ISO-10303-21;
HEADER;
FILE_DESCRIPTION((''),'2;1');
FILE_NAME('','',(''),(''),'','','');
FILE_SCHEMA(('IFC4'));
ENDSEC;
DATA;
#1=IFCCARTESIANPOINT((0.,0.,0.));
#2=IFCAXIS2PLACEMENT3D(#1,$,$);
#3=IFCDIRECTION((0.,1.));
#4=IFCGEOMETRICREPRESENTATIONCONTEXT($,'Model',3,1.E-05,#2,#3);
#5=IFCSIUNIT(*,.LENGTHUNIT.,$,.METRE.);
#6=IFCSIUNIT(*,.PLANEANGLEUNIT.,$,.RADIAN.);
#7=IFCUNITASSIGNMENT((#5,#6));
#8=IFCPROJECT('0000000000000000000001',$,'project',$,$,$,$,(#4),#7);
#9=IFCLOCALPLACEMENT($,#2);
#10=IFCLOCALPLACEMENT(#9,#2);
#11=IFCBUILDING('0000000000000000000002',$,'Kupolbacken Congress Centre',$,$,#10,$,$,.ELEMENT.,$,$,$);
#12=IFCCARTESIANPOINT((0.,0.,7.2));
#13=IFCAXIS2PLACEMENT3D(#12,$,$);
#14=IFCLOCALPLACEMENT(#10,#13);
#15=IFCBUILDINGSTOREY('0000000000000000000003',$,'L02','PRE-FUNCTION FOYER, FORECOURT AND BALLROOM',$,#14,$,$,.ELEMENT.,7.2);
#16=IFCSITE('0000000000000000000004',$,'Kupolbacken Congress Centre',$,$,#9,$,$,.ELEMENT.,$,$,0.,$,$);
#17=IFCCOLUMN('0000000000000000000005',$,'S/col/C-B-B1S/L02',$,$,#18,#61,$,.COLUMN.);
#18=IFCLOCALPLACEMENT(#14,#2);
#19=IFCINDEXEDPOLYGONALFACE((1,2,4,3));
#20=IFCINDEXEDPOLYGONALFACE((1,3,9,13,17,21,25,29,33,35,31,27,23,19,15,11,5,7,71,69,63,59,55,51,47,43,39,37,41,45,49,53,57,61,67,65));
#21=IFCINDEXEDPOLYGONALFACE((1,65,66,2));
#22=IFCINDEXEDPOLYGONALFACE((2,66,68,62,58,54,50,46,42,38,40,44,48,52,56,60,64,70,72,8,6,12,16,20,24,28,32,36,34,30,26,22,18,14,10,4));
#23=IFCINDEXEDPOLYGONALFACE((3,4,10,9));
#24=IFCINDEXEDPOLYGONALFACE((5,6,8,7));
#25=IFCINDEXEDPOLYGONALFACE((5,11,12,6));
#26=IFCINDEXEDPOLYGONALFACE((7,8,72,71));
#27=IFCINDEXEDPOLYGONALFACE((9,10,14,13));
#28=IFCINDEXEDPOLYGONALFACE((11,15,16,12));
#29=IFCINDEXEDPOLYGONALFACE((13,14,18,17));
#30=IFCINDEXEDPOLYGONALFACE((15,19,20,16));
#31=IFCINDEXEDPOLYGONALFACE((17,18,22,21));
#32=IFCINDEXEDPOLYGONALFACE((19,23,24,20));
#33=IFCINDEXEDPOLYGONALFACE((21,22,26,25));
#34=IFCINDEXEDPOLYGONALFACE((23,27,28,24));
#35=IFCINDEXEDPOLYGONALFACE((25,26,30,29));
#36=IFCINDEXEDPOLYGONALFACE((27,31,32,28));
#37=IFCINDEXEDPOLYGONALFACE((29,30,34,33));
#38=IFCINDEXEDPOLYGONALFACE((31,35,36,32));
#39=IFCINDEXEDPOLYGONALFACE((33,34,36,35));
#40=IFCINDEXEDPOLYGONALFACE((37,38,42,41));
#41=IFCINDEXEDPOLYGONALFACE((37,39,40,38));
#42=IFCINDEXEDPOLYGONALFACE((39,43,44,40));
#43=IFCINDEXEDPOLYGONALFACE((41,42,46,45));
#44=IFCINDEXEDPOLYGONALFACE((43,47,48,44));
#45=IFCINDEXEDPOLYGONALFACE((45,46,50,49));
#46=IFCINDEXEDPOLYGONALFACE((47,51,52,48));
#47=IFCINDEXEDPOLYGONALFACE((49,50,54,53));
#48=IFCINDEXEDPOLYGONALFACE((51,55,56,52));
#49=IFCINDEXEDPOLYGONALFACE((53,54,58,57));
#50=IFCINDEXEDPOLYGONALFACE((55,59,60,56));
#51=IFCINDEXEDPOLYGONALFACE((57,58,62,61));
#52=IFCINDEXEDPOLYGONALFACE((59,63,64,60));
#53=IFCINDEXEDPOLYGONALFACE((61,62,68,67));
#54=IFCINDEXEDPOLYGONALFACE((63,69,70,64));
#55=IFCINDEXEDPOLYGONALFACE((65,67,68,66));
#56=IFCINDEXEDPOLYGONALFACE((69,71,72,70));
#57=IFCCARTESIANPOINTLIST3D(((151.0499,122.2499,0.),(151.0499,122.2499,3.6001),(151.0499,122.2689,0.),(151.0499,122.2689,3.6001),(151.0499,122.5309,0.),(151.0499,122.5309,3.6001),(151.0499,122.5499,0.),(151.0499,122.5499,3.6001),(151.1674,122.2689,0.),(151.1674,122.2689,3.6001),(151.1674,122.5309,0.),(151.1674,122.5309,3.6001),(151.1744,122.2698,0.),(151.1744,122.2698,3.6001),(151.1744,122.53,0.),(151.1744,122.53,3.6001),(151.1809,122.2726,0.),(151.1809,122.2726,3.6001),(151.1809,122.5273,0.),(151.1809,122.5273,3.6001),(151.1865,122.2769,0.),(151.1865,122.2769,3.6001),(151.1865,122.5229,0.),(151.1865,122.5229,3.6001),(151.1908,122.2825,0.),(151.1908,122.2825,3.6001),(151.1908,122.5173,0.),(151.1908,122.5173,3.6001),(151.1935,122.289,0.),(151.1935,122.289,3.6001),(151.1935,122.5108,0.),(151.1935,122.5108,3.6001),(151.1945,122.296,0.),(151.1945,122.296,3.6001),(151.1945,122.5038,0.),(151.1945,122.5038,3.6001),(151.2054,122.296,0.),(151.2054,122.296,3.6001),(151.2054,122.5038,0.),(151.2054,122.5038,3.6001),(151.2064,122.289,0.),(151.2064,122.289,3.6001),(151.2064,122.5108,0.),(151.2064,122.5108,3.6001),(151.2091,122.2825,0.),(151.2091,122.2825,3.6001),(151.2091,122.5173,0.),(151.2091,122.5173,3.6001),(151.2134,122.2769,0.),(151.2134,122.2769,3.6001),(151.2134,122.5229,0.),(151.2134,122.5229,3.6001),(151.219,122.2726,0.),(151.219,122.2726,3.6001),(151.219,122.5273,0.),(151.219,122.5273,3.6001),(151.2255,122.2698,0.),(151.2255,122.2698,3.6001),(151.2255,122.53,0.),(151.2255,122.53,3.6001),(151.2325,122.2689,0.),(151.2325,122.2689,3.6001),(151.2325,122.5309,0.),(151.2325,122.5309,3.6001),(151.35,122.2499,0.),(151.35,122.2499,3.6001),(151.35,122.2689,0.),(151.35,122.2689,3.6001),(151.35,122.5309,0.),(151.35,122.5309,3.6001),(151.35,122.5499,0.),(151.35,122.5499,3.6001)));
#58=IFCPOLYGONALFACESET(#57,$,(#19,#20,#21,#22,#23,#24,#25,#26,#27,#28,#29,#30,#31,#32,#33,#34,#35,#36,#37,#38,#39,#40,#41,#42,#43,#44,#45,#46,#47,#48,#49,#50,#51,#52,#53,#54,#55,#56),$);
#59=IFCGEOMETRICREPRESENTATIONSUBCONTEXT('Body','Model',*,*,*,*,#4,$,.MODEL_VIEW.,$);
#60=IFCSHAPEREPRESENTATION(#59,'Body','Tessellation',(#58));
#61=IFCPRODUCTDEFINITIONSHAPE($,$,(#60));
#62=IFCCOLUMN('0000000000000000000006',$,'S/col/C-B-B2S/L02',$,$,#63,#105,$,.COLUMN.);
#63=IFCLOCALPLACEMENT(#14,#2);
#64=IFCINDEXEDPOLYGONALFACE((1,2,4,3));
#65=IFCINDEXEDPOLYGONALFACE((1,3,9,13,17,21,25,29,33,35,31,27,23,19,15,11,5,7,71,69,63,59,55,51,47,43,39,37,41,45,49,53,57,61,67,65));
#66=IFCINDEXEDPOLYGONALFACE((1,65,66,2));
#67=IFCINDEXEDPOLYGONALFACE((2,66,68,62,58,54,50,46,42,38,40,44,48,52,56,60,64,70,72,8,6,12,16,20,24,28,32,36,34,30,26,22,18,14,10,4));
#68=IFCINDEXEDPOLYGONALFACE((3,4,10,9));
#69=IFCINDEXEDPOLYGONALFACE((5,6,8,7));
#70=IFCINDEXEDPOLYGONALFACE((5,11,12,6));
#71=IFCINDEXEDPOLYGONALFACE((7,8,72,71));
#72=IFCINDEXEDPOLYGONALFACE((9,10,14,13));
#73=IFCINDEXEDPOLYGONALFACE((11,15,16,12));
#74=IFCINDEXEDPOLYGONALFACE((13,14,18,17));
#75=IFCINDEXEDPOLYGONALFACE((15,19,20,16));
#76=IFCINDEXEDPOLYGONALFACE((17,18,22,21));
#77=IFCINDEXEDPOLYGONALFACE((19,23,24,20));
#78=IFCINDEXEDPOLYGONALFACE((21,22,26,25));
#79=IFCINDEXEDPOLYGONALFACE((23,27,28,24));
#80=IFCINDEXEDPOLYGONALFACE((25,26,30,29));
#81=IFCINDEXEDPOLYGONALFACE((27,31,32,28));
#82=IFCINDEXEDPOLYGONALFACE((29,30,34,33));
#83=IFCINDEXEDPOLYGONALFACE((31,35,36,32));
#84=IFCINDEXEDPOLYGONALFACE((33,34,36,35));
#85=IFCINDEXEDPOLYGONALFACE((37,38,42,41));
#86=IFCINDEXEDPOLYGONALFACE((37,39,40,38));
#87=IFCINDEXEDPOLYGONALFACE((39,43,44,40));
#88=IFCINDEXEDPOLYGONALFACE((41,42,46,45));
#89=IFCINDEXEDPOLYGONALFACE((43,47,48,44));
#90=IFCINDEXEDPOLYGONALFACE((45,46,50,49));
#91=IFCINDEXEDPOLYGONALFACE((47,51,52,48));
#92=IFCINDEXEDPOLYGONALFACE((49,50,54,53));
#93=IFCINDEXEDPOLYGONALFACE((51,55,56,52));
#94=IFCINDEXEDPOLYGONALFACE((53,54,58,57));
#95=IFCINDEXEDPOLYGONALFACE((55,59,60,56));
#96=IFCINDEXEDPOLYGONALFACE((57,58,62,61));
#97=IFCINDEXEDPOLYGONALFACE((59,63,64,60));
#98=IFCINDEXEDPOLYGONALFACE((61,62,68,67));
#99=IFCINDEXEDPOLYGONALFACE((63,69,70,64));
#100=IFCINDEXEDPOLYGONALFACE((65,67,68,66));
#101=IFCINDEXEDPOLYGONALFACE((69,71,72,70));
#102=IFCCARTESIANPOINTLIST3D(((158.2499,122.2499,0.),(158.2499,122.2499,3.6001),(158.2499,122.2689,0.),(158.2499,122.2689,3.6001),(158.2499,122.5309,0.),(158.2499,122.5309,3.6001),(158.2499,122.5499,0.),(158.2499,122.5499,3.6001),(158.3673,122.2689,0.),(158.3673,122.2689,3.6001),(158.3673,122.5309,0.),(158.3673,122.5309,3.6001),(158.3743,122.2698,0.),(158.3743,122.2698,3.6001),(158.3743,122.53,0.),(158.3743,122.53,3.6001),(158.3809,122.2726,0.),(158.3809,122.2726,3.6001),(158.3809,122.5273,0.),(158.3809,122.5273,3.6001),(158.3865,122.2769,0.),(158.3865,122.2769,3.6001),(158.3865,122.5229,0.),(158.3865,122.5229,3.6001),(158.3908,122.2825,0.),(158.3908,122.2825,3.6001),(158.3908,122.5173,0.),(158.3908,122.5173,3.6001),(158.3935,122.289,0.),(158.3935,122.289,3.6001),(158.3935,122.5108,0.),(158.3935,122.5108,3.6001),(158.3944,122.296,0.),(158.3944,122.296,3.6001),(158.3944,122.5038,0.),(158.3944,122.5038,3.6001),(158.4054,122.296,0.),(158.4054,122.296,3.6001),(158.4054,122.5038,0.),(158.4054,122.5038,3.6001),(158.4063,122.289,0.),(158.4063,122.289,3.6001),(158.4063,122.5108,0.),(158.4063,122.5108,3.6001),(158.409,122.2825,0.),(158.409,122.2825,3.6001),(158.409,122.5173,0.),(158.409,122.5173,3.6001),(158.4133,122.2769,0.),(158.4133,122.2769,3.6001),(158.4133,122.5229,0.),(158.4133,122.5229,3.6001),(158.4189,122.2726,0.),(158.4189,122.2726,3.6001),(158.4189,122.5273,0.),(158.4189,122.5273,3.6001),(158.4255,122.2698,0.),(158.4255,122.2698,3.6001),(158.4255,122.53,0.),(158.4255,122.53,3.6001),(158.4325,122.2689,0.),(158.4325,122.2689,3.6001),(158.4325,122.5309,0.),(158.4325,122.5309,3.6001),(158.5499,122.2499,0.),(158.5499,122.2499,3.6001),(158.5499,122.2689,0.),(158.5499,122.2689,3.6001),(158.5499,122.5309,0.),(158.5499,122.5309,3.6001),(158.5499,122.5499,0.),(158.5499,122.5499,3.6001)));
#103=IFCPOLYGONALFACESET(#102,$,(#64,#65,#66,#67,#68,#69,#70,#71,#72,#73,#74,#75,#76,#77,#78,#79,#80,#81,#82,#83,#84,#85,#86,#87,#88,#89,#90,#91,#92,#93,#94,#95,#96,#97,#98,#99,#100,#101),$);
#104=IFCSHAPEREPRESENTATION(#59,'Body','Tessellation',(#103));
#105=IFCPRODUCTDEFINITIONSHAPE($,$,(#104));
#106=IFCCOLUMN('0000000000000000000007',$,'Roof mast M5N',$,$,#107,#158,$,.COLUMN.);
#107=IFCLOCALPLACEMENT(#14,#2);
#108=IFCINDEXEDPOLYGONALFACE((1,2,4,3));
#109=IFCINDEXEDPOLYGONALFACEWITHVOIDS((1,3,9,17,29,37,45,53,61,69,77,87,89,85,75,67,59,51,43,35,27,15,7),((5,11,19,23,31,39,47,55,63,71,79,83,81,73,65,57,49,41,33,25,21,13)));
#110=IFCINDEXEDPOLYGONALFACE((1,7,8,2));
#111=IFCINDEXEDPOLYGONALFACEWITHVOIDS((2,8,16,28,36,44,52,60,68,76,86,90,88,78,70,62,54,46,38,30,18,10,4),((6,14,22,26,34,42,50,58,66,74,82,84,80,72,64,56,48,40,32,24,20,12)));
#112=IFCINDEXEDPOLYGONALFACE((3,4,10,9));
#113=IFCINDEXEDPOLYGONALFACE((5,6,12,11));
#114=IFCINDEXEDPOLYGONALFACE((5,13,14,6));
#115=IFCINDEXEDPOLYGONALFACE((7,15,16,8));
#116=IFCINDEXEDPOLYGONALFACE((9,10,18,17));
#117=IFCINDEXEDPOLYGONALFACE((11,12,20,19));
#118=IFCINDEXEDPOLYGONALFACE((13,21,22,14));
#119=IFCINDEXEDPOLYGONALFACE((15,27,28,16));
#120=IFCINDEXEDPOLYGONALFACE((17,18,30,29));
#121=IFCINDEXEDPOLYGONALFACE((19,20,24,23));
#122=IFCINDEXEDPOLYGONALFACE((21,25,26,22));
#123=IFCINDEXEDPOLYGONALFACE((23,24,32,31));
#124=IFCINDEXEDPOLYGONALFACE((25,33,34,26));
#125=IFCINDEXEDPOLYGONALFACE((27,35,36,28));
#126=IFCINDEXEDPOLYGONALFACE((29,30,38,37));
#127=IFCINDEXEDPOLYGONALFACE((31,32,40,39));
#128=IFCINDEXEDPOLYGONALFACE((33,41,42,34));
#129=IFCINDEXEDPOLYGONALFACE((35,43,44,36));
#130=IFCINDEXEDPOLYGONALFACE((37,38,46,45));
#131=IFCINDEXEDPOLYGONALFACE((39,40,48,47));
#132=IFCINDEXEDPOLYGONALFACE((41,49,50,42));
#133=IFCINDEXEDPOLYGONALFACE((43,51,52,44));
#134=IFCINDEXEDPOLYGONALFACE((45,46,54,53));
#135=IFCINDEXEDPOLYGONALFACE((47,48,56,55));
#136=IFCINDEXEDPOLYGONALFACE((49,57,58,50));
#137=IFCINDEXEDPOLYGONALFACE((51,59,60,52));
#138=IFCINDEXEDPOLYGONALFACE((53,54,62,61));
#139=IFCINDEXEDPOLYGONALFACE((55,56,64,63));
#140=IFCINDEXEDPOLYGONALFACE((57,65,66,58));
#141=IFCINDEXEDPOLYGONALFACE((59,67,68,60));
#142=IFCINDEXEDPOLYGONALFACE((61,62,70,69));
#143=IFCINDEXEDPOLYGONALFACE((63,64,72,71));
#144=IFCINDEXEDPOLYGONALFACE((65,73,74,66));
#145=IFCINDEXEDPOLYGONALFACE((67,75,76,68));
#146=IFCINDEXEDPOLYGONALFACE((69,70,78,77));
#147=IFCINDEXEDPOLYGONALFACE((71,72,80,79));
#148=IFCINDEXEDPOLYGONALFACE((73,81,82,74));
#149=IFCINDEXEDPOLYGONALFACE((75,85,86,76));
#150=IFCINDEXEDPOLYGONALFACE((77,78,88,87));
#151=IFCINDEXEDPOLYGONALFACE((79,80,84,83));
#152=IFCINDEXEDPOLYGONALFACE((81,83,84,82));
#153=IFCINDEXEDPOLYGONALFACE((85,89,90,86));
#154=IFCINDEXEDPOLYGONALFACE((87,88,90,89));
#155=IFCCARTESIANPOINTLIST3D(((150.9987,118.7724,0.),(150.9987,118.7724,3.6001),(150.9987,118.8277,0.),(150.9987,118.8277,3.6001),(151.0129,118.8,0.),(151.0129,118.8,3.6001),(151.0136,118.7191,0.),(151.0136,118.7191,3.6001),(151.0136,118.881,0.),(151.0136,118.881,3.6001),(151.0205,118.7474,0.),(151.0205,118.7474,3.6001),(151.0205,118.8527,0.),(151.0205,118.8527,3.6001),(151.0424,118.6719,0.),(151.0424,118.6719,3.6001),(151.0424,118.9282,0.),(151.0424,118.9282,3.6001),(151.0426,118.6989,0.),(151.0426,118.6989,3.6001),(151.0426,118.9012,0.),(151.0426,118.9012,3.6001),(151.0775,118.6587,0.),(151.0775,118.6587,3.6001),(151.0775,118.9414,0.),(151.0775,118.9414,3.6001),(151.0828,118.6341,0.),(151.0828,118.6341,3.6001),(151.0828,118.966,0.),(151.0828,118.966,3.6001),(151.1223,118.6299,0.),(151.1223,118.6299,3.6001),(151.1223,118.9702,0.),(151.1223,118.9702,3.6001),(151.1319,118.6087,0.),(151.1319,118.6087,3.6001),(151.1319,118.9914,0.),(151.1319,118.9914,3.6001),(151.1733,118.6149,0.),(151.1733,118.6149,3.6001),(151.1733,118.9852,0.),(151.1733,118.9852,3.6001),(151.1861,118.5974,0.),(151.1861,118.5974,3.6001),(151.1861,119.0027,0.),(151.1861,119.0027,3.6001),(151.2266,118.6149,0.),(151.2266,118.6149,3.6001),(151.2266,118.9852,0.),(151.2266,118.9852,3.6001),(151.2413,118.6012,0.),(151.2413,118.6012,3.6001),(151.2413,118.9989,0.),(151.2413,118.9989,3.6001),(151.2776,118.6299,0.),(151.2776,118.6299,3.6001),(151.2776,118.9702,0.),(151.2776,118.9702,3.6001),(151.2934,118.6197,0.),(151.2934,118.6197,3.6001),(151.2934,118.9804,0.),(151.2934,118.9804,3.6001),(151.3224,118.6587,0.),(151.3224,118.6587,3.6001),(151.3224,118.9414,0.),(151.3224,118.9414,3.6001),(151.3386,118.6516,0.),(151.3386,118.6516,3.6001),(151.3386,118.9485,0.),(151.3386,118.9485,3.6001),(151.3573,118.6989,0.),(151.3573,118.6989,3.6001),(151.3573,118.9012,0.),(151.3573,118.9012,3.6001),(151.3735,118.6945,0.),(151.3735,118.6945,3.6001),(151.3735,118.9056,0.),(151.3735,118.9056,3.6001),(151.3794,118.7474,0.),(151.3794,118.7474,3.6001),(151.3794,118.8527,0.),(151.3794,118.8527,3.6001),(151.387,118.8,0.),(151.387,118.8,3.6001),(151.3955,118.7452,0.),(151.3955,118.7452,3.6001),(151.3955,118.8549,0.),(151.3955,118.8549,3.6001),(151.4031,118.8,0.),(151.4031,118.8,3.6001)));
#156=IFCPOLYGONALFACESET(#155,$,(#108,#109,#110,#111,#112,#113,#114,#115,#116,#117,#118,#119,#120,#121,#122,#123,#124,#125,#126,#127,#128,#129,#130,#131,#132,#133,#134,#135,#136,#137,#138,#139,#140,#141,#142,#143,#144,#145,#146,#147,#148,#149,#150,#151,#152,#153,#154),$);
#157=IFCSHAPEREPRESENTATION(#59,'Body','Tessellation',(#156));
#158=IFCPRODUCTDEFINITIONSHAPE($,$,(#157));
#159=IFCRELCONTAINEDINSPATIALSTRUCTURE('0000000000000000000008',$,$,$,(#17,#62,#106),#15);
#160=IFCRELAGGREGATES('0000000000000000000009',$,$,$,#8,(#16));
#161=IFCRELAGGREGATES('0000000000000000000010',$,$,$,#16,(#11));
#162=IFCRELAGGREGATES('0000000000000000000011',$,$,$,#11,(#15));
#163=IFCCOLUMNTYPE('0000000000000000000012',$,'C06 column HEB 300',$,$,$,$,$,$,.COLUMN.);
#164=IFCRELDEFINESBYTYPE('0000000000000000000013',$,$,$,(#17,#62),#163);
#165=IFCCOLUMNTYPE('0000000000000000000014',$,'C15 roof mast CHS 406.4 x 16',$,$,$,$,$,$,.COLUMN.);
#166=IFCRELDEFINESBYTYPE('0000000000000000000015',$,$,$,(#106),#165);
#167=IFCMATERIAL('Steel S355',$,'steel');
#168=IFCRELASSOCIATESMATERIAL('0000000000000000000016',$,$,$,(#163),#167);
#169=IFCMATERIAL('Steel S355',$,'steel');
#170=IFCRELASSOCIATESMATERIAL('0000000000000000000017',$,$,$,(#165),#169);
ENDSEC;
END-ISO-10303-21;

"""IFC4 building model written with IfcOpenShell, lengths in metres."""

from ifc_helpers import new_model, si_unit, direction, frame, origin, origin_2d, place, context, subcontext, project, spatial, hollow_circle, i_section, extrude, material, material_profile, profile_set, type_object, element, save


model = new_model("IFC4")

# Units and contexts
model_context = context("Model", 3, precision=1e-05, world=origin(), true_north=direction((0.0, 1.0)))
body_context = subcontext(model_context, "Body", "Model", "MODEL_VIEW")
ifc_project = project(units=[si_unit("LENGTHUNIT", "METRE"), si_unit("PLANEANGLEUNIT", "RADIAN")], contexts=[model_context])

# Site, building, storey
site_placement = place(None, origin())
site = spatial("IfcSite", under=ifc_project, at=site_placement, Name="Kupolbacken Congress Centre", CompositionType="ELEMENT", RefElevation=0.0)
building_placement = place(site_placement, origin())
building = spatial("IfcBuilding", under=site, at=building_placement, Name="Kupolbacken Congress Centre", CompositionType="ELEMENT")
storey_placement = place(building_placement, frame((0.0, 0.0, 7.2)))
storey = spatial("IfcBuildingStorey", under=building, at=storey_placement, Name="L02", Description="PRE-FUNCTION FOYER, FORECOURT AND BALLROOM", CompositionType="ELEMENT", Elevation=7.2)

# Columns
ifc_material_1 = material(Name="Steel S355", Category="steel")
ifc_material_profile_1 = material_profile(ifc_material_1, i_section(OverallWidth=0.3, OverallDepth=0.3, WebThickness=0.011, FlangeThickness=0.019, FilletRadius=0.0271, at=origin_2d()), Name="HEB 300")
ifc_profile_set_1 = profile_set([ifc_material_profile_1], Name="Steel S355")
column_type_1 = type_object("IfcColumnType", Name="C06 column HEB 300", PredefinedType="COLUMN", material=ifc_profile_set_1)
for number, where, z_axis, x_axis, name in (
    (1, (151.2, 122.3999, 0.0), (0.0, 0.0, 1.0), (1.0, 0.0, 0.0), "S/col/C-B-B1S/L02"),
    (2, (158.3999, 122.3999, 0.0), (0.0, 0.0, 1.0), (1.0, 0.0, 0.0), "S/col/C-B-B2S/L02"),
):
    element("IfcColumn", number, at=place(storey_placement, frame(where, z_axis=z_axis, x_axis=x_axis)), inside=storey, type_object=column_type_1, Name=name, PredefinedType="COLUMN", context=body_context, shape_type="SweptSolid", body=[
        extrude(i_section(OverallWidth=0.3, OverallDepth=0.3, WebThickness=0.011, FlangeThickness=0.019, FilletRadius=0.0271, at=origin_2d()), origin(), (0.0, 0.0, 1.0), 3.6001),
    ])
ifc_material_2 = material(Name="Steel S355", Category="steel")
ifc_material_profile_2 = material_profile(ifc_material_2, hollow_circle(Radius=0.2031, WallThickness=0.0161, at=origin_2d()), Name="CHS 406.4 x 16")
ifc_profile_set_2 = profile_set([ifc_material_profile_2], Name="Steel S355")
column_type_2 = type_object("IfcColumnType", Name="C15 roof mast CHS 406.4 x 16", PredefinedType="COLUMN", material=ifc_profile_set_2)
for number, where, z_axis, x_axis, name in (
    (3, (151.2, 118.8, 0.0), (0.0, 0.0, 1.0), (1.0, 0.0, 0.0), "Roof mast M5N"),
):
    element("IfcColumn", number, at=place(storey_placement, frame(where, z_axis=z_axis, x_axis=x_axis)), inside=storey, type_object=column_type_2, Name=name, PredefinedType="COLUMN", context=body_context, shape_type="SweptSolid", body=[
        extrude(hollow_circle(Radius=0.2031, WallThickness=0.0161, at=origin_2d()), origin(), (0.0, 0.0, 1.0), 3.6001),
    ])

save(model, "model.ifc")
